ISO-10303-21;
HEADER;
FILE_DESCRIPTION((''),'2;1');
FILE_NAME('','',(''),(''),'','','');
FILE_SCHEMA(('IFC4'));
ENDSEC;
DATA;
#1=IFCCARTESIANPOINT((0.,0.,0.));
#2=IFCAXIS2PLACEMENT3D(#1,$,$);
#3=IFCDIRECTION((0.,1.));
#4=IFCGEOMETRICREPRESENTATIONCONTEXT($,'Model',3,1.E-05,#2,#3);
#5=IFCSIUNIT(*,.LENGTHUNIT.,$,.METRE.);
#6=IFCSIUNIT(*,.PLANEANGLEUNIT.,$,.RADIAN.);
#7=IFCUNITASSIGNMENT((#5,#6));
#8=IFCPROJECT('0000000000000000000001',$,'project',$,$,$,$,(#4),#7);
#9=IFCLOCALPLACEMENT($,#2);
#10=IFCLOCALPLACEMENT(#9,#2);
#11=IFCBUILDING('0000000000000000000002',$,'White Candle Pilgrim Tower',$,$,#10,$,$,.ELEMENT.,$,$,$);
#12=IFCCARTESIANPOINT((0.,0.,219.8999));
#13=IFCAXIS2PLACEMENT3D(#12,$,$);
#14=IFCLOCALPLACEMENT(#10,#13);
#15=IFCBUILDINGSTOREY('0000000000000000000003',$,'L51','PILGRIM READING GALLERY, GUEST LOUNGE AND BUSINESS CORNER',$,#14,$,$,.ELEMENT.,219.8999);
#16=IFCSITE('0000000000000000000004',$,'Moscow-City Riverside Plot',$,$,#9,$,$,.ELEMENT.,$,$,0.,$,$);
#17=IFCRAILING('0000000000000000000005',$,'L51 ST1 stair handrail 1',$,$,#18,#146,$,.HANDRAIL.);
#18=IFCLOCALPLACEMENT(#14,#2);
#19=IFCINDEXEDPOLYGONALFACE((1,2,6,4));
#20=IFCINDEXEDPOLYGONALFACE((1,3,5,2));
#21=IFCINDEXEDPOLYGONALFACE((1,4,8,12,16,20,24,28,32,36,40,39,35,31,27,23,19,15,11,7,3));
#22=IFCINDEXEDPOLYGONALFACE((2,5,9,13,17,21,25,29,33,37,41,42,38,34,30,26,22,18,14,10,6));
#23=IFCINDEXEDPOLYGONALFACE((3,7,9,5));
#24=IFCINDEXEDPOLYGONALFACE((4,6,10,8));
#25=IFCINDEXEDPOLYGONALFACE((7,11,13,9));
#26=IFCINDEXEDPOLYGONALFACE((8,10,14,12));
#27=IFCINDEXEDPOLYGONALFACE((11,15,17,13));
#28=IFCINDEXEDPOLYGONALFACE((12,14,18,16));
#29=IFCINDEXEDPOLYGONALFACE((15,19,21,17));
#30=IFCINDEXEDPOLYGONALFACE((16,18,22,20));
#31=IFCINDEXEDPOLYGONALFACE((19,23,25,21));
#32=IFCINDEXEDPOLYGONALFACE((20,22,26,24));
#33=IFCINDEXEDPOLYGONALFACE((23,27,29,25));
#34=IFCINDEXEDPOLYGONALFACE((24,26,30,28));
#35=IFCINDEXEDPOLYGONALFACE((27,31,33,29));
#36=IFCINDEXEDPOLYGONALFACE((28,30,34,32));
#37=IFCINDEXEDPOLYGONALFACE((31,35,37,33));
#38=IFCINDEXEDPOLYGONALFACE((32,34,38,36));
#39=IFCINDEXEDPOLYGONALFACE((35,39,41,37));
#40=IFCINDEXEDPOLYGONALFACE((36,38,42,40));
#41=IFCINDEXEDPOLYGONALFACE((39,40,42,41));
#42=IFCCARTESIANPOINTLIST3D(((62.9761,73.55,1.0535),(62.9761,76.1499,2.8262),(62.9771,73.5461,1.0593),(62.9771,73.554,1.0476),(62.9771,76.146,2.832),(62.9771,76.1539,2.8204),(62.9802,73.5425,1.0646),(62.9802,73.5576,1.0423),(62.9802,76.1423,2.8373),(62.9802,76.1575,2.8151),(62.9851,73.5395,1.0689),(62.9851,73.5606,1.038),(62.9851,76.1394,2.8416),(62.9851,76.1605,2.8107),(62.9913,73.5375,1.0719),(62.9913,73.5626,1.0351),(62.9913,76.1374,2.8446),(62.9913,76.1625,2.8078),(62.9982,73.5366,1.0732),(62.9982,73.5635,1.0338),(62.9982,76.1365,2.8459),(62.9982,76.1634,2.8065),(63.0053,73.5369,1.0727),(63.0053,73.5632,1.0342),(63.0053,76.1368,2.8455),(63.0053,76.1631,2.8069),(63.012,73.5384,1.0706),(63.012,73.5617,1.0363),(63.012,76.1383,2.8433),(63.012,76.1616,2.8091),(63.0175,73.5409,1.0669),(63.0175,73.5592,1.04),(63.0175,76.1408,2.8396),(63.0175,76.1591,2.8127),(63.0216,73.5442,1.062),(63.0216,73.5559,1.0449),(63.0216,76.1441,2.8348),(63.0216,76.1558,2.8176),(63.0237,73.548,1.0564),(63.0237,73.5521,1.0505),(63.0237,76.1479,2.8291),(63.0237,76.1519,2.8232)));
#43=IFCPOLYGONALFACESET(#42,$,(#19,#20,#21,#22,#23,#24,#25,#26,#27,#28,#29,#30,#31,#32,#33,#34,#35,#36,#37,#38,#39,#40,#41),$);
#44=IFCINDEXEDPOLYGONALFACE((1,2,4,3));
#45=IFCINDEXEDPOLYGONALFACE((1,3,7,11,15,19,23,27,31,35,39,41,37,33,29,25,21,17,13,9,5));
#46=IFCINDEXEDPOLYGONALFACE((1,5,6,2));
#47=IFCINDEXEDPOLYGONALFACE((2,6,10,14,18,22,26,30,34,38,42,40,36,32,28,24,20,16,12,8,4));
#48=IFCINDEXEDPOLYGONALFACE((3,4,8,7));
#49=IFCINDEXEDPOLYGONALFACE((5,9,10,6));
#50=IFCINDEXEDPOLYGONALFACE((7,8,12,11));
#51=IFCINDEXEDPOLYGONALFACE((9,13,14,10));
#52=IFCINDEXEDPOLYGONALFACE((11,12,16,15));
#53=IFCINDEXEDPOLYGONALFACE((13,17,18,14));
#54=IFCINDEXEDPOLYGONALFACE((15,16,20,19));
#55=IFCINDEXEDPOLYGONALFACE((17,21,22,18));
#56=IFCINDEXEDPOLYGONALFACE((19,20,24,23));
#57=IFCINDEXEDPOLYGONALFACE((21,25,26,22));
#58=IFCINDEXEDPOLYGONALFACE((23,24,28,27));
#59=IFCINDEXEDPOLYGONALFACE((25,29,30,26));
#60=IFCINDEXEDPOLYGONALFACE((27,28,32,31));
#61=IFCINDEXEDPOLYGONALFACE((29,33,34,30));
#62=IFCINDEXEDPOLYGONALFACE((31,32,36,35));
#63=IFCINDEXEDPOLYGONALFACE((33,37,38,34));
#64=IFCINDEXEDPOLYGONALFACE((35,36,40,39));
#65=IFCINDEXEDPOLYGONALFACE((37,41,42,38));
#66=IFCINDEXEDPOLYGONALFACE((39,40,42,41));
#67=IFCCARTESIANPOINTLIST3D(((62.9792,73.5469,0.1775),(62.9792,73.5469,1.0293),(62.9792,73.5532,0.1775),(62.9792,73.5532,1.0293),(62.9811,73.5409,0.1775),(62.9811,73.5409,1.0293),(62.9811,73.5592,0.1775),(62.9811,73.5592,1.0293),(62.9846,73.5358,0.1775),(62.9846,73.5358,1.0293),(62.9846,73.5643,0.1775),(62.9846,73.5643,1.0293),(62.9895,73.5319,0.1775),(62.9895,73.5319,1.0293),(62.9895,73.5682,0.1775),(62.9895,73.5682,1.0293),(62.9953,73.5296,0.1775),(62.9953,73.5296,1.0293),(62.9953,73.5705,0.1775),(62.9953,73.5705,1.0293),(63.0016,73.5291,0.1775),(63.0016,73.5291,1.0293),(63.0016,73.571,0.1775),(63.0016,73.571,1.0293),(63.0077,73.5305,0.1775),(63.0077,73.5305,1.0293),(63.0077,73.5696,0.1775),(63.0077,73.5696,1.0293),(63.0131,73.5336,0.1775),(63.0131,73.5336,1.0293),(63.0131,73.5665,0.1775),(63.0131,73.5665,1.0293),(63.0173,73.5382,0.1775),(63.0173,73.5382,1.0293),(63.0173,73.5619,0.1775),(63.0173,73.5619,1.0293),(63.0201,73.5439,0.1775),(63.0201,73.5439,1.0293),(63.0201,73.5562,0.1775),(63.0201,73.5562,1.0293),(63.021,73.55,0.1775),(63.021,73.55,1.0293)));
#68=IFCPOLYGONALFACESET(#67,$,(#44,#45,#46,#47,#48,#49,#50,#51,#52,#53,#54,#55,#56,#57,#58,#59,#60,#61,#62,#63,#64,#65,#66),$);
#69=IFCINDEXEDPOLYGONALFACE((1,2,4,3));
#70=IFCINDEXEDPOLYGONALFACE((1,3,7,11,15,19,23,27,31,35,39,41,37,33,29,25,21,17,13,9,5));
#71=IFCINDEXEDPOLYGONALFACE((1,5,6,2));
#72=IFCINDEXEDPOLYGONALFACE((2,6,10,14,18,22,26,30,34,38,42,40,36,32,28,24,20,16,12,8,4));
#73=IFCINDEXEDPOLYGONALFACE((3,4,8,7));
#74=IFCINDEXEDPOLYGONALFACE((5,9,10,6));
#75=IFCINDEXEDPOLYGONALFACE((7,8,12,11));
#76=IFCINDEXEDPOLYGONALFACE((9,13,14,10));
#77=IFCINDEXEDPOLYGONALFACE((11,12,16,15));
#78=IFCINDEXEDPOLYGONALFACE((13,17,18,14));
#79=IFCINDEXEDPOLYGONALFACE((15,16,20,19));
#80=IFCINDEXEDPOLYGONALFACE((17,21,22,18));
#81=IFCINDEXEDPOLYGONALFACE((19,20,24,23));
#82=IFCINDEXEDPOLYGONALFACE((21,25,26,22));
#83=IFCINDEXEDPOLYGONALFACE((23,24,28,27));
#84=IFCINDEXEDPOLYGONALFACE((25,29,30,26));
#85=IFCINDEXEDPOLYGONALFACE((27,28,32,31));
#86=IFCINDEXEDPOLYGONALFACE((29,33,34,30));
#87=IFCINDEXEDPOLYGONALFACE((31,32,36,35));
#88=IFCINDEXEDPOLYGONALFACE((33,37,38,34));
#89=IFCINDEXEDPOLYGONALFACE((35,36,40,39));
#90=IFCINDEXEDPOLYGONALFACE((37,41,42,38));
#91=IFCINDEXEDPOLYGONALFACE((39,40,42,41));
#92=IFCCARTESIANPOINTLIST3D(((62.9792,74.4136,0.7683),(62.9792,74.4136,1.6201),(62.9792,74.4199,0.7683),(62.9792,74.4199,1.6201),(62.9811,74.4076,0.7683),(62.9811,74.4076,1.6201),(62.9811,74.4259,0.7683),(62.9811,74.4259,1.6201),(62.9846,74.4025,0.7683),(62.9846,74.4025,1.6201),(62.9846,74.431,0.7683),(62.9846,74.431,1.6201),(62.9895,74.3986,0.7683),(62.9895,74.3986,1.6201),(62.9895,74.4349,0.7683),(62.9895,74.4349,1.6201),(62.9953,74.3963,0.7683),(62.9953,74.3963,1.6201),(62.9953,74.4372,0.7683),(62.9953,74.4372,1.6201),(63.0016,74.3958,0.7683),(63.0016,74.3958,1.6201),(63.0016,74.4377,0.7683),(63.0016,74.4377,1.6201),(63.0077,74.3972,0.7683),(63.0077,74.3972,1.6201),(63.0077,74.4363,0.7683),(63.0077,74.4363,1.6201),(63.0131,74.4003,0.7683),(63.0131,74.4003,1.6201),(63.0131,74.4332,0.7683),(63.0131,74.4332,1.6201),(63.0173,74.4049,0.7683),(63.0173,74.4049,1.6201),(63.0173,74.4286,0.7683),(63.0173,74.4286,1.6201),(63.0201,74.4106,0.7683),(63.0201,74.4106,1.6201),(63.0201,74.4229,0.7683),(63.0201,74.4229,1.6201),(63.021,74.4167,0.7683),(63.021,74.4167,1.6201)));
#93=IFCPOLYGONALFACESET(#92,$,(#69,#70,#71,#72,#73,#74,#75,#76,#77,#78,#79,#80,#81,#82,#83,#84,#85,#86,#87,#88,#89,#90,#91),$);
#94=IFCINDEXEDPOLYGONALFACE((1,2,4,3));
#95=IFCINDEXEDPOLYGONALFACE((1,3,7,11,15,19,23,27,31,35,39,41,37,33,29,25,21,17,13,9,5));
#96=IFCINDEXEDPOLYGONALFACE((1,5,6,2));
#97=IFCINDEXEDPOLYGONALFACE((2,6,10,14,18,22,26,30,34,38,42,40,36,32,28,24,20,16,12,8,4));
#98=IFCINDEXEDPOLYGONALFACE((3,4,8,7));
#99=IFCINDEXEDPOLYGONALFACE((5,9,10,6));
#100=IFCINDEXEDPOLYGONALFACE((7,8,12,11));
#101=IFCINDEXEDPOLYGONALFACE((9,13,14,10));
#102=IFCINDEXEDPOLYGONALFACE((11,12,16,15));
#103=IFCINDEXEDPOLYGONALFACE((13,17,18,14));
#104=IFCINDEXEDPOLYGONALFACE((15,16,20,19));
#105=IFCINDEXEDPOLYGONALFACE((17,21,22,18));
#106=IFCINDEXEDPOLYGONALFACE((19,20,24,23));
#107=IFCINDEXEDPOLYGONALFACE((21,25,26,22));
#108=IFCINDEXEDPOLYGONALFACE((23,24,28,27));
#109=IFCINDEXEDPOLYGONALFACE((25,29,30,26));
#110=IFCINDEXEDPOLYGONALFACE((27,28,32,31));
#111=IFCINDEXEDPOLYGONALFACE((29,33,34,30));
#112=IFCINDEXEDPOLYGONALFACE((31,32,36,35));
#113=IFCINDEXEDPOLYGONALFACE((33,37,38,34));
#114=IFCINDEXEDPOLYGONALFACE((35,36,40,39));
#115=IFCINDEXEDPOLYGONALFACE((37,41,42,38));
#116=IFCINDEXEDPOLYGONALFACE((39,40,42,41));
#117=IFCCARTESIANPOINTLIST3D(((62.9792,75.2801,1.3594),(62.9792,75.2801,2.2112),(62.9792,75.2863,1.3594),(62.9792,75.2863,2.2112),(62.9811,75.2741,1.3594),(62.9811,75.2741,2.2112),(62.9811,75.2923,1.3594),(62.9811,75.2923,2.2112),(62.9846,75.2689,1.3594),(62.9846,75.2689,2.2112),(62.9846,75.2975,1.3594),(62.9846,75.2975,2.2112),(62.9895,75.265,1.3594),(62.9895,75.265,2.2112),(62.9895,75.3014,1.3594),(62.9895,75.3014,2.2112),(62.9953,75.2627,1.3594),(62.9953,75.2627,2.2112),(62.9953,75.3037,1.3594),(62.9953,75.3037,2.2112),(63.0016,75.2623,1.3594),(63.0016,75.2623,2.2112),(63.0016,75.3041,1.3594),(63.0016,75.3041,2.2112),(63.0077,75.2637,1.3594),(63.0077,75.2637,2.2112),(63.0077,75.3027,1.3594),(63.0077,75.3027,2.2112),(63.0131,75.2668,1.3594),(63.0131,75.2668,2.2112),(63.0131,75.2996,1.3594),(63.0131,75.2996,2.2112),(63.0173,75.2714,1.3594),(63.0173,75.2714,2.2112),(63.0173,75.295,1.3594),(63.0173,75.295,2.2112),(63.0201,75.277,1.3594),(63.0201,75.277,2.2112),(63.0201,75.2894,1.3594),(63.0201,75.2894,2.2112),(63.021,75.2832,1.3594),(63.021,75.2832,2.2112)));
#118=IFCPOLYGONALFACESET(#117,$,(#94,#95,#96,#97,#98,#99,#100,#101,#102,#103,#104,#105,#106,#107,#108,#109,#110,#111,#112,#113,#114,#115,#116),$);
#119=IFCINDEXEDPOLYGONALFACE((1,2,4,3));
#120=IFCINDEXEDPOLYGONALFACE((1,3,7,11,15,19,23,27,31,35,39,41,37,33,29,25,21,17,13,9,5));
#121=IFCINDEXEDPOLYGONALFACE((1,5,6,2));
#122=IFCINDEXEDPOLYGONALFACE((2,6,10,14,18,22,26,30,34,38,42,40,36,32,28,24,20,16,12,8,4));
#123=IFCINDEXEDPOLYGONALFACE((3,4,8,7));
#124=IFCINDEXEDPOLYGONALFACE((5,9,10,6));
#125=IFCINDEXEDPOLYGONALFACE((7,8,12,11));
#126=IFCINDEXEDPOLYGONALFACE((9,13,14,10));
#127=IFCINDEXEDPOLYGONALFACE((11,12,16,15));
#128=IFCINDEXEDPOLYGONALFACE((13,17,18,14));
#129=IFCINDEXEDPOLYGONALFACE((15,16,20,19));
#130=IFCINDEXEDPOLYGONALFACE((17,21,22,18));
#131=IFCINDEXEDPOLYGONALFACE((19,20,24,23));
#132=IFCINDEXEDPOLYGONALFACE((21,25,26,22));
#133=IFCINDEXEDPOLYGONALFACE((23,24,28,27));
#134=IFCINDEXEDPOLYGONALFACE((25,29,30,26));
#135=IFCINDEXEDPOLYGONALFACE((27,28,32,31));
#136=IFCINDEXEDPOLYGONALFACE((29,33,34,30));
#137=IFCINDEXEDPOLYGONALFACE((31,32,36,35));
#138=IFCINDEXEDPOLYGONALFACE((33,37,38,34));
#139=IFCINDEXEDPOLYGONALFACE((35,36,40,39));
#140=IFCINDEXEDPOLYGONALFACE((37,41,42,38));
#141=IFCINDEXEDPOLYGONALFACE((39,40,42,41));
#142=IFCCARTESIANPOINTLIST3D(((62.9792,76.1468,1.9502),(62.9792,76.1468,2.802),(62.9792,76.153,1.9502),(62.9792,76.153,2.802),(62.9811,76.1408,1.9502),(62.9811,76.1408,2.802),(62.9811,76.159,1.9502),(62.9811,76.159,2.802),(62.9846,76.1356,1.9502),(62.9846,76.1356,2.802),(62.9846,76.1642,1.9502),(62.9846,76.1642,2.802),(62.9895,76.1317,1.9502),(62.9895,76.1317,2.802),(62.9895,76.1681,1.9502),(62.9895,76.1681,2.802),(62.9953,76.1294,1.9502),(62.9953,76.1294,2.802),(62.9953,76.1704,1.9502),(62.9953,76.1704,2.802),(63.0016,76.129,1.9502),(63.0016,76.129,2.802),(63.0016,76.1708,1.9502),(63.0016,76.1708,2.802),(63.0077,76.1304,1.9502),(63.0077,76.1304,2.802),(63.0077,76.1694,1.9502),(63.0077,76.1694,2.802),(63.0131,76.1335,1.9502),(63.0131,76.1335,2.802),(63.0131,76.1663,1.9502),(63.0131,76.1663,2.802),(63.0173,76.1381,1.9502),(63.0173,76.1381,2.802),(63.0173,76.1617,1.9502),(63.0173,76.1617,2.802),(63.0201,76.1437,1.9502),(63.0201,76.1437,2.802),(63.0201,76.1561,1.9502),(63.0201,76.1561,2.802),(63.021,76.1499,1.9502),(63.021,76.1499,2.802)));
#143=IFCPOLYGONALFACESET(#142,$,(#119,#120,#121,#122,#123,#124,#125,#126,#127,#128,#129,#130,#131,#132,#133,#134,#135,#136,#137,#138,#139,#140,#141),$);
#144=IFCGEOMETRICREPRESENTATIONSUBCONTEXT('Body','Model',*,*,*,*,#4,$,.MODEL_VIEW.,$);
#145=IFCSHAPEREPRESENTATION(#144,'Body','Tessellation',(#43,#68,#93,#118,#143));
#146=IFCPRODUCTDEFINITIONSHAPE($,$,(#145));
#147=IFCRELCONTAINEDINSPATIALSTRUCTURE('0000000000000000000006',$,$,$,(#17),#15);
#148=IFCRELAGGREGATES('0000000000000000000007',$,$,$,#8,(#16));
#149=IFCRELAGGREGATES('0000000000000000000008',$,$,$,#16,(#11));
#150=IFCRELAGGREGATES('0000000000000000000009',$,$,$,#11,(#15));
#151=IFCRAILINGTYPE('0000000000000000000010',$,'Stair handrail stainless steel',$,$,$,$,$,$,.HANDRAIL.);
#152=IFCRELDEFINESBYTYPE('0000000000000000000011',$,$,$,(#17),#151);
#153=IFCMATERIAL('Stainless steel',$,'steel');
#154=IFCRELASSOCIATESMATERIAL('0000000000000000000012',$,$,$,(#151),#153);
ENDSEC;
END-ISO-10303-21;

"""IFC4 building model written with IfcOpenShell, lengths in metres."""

from ifc_helpers import new_model, si_unit, direction, frame, origin, origin_2d, place, context, subcontext, project, spatial, circle, extrude, material, type_object, element, save


model = new_model("IFC4")

# Units and contexts
model_context = context("Model", 3, precision=1e-05, world=origin(), true_north=direction((0.0, 1.0)))
body_context = subcontext(model_context, "Body", "Model", "MODEL_VIEW")
ifc_project = project(units=[si_unit("LENGTHUNIT", "METRE"), si_unit("PLANEANGLEUNIT", "RADIAN")], contexts=[model_context])

# Site, building, storey
site_placement = place(None, origin())
site = spatial("IfcSite", under=ifc_project, at=site_placement, Name="Moscow-City Riverside Plot", CompositionType="ELEMENT", RefElevation=0.0)
building_placement = place(site_placement, origin())
building = spatial("IfcBuilding", under=site, at=building_placement, Name="White Candle Pilgrim Tower", CompositionType="ELEMENT")
storey_placement = place(building_placement, frame((0.0, 0.0, 219.8999)))
storey = spatial("IfcBuildingStorey", under=building, at=storey_placement, Name="L51", Description="PILGRIM READING GALLERY, GUEST LOUNGE AND BUSINESS CORNER", CompositionType="ELEMENT", Elevation=219.8999)

# Shared definitions
ifc_material_1 = material(Name="Stainless steel", Category="steel")

# Railing
railing_type_1 = type_object("IfcRailingType", Name="Stair handrail stainless steel", PredefinedType="HANDRAIL", material=ifc_material_1)
railing_1_placement = place(storey_placement, frame((63.0, 73.55, 0.1775)))
element("IfcRailing", 1, at=railing_1_placement, inside=storey, type_object=railing_type_1, Name="L51 ST1 stair handrail 1", PredefinedType="HANDRAIL", context=body_context, shape_type="SweptSolid", body=[
    extrude(circle(Radius=0.0239, at=origin_2d()), frame((0.0, 0.0, 0.876), z_axis=(0.0, 0.826216, 0.563354), x_axis=(-1.0, 0.0, 0.0)), (0.0, 0.0, 1.0), 3.1467),
    extrude(circle(Radius=0.021, at=origin_2d()), origin(), (0.0, 0.0, 1.0), 0.8518),
    extrude(circle(Radius=0.021, at=origin_2d()), frame((0.0, 0.8667, 0.5908)), (0.0, 0.0, 1.0), 0.8518),
    extrude(circle(Radius=0.021, at=origin_2d()), frame((0.0, 1.7332, 1.1819)), (0.0, 0.0, 1.0), 0.8518),
    extrude(circle(Radius=0.021, at=origin_2d()), frame((0.0, 2.5999, 1.7727)), (0.0, 0.0, 1.0), 0.8518),
])

save(model, "model.ifc")
